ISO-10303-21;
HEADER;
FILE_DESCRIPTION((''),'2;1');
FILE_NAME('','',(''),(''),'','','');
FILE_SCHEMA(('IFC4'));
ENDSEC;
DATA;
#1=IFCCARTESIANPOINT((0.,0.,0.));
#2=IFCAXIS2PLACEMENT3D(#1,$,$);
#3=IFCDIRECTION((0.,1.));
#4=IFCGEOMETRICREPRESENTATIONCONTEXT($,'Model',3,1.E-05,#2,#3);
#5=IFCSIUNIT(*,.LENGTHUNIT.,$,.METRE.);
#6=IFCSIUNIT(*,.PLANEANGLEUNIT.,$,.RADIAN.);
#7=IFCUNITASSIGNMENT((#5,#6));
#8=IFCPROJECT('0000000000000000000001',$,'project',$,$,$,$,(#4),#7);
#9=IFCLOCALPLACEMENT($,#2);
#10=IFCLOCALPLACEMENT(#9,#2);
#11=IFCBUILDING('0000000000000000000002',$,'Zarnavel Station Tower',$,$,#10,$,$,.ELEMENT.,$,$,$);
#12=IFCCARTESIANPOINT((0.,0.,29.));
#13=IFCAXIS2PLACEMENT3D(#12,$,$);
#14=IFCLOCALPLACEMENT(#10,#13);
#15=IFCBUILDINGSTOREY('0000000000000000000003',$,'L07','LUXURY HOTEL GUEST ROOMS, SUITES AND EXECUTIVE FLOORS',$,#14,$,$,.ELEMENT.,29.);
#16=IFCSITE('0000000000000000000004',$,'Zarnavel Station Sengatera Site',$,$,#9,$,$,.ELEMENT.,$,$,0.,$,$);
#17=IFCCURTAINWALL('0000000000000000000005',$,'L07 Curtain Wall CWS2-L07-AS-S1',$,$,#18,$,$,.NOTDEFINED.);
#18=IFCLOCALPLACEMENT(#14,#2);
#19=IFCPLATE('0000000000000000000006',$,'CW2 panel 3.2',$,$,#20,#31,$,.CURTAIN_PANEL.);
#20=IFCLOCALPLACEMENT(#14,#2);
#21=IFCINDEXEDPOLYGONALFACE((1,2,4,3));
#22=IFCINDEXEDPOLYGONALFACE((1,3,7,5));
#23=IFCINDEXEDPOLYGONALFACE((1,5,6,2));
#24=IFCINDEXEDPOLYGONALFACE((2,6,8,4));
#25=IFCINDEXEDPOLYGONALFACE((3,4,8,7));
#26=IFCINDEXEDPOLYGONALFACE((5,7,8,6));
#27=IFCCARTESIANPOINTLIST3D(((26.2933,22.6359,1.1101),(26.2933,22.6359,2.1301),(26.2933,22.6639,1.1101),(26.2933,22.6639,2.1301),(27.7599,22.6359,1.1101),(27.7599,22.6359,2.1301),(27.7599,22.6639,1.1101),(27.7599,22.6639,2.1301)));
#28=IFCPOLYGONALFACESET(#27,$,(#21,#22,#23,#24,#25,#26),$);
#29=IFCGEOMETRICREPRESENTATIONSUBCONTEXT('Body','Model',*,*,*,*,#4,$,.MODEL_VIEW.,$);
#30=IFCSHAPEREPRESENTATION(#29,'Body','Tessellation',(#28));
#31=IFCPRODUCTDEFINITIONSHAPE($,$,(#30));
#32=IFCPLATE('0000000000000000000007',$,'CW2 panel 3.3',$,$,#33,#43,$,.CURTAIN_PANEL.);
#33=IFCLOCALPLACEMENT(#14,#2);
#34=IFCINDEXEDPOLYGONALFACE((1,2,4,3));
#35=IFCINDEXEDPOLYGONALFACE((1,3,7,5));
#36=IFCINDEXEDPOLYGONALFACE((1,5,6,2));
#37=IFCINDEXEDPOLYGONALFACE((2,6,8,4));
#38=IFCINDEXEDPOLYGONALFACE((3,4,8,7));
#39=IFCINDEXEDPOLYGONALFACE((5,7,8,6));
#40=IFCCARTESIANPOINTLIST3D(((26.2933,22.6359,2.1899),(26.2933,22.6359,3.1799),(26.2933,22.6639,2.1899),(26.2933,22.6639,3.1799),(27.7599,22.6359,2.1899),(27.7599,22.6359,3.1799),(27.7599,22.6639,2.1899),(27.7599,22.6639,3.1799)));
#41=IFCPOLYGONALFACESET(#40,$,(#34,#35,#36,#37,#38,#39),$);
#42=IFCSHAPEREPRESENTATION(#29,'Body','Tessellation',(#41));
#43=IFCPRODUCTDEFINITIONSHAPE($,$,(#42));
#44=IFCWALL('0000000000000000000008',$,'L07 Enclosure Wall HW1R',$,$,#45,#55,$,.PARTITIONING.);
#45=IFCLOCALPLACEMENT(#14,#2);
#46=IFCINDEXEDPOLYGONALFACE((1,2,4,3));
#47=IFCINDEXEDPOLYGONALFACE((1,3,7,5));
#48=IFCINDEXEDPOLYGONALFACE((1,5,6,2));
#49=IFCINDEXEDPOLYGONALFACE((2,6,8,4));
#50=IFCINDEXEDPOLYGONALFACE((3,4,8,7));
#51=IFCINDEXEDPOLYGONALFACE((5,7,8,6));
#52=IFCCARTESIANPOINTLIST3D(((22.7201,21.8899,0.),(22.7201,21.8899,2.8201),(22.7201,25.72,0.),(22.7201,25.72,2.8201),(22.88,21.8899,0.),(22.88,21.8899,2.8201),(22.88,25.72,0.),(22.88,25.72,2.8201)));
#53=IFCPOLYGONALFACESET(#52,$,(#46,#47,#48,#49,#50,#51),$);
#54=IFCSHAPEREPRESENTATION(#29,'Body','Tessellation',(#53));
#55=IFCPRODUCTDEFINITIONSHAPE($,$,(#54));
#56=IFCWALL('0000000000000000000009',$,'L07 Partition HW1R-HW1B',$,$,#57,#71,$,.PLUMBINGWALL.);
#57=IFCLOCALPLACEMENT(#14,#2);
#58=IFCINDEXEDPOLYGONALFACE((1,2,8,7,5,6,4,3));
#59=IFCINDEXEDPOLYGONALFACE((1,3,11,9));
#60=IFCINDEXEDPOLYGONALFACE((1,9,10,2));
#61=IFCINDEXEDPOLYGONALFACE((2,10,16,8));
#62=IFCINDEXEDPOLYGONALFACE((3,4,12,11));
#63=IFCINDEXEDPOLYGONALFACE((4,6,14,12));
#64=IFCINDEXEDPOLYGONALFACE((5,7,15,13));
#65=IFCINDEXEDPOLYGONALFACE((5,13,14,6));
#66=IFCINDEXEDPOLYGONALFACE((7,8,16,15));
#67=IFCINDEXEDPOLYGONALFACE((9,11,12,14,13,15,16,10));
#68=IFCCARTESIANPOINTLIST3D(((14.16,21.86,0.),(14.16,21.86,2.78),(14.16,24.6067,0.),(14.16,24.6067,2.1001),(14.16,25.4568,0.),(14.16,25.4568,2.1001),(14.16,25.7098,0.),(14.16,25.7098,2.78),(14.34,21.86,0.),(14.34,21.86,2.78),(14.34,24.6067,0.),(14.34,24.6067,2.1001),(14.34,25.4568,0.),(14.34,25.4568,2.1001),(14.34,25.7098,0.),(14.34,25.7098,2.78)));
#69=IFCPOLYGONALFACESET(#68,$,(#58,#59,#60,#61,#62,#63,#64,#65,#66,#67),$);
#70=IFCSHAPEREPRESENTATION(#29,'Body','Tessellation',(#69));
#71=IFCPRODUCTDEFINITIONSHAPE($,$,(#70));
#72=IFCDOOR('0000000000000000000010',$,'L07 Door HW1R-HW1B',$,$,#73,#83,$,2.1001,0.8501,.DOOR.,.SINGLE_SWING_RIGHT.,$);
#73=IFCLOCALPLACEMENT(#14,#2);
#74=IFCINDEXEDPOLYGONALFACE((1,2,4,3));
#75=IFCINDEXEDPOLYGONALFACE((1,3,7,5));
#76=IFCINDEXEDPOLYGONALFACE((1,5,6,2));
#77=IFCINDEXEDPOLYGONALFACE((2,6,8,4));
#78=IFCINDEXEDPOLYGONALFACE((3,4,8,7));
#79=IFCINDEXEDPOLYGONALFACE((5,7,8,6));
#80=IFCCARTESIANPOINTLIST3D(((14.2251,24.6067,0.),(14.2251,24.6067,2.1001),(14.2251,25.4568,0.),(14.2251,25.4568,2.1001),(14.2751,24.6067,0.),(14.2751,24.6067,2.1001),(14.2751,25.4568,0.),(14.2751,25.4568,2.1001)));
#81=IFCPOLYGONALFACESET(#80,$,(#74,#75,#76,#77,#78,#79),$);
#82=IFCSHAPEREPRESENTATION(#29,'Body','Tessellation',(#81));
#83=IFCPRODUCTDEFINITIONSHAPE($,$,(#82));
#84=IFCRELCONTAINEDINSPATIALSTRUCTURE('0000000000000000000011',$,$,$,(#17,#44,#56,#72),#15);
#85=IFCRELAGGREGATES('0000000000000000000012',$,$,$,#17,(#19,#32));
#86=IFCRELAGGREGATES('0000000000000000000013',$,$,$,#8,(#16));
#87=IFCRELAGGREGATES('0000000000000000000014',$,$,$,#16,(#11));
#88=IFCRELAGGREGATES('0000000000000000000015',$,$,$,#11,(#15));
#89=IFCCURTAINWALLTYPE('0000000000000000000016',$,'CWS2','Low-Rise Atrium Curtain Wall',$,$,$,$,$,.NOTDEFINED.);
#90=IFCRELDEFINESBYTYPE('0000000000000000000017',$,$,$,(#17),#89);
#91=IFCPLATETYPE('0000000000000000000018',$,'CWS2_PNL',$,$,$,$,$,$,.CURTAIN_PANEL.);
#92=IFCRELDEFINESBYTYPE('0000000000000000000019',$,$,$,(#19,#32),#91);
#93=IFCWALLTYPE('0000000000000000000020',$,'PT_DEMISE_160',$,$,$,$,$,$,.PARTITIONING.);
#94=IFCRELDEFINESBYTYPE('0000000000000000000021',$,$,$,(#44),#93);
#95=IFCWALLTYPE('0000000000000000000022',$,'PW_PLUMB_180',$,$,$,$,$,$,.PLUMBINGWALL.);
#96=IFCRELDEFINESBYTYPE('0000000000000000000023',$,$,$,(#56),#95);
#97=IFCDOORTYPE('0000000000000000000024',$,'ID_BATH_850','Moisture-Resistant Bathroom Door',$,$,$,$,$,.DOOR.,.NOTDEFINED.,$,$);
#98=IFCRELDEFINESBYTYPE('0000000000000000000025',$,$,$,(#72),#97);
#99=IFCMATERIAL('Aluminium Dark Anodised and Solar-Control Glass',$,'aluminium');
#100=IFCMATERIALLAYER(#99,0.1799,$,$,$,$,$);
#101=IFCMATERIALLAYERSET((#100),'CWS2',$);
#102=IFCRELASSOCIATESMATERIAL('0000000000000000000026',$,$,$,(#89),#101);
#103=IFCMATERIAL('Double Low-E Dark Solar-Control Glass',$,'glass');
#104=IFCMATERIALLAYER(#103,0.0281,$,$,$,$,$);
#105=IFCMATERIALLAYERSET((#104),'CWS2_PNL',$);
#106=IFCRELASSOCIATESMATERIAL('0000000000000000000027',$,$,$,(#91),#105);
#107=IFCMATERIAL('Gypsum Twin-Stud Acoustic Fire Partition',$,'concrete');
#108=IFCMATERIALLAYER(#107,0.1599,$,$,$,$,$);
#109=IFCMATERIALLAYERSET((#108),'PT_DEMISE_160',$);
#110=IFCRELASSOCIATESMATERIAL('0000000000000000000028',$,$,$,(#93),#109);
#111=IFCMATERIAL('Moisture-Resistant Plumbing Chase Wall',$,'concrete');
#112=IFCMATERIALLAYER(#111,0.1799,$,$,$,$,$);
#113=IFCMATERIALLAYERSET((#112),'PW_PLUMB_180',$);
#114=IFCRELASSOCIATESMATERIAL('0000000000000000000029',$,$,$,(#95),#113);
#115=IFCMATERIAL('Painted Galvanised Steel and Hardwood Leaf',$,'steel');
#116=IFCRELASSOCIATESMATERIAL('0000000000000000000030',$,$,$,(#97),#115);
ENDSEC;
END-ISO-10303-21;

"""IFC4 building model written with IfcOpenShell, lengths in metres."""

from ifc_helpers import new_model, si_unit, direction, frame, frame_2d, origin, origin_2d, place, context, subcontext, project, spatial, rectangle, extrude, material, layer, layer_set, type_object, element, fill, aggregate, save


model = new_model("IFC4")

# Units and contexts
model_context = context("Model", 3, precision=1e-05, world=origin(), true_north=direction((0.0, 1.0)))
body_context = subcontext(model_context, "Body", "Model", "MODEL_VIEW")
ifc_project = project(units=[si_unit("LENGTHUNIT", "METRE"), si_unit("PLANEANGLEUNIT", "RADIAN")], contexts=[model_context])

# Site, building, storey
site_placement = place(None, origin())
site = spatial("IfcSite", under=ifc_project, at=site_placement, Name="Zarnavel Station Sengatera Site", CompositionType="ELEMENT", RefElevation=0.0)
building_placement = place(site_placement, origin())
building = spatial("IfcBuilding", under=site, at=building_placement, Name="Zarnavel Station Tower", CompositionType="ELEMENT")
storey_placement = place(building_placement, frame((0.0, 0.0, 29.0)))
storey = spatial("IfcBuildingStorey", under=building, at=storey_placement, Name="L07", Description="LUXURY HOTEL GUEST ROOMS, SUITES AND EXECUTIVE FLOORS", CompositionType="ELEMENT", Elevation=29.0)

# Curtain wall
ifc_material_1 = material(Name="Aluminium Dark Anodised and Solar-Control Glass", Category="aluminium")
ifc_layer_1 = layer(ifc_material_1, 0.1799)
ifc_layer_set_1 = layer_set([ifc_layer_1], Name="CWS2")
curtain_wall_type = type_object("IfcCurtainWallType", Name="CWS2", Description="Low-Rise Atrium Curtain Wall", PredefinedType="NOTDEFINED", material=ifc_layer_set_1)
curtain_wall_placement = place(storey_placement, origin())
curtain_wall = element("IfcCurtainWall", 1, at=curtain_wall_placement, inside=storey, type_object=curtain_wall_type, Name="L07 Curtain Wall CWS2-L07-AS-S1", PredefinedType="NOTDEFINED")

# Plates
ifc_material_2 = material(Name="Double Low-E Dark Solar-Control Glass", Category="glass")
ifc_layer_2 = layer(ifc_material_2, 0.0281)
ifc_layer_set_2 = layer_set([ifc_layer_2], Name="CWS2_PNL")
plate_type = type_object("IfcPlateType", Name="CWS2_PNL", PredefinedType="CURTAIN_PANEL", material=ifc_layer_set_2)
plate_1_placement = place(storey_placement, frame((27.0266, 22.6499, 1.1101), z_axis=(0.0, 0.0, 1.0), x_axis=(1.0, 0.0, 0.0)))
plate_1 = element("IfcPlate", 2, at=plate_1_placement, type_object=plate_type, Name="CW2 panel 3.2", PredefinedType="CURTAIN_PANEL", context=body_context, shape_type="SweptSolid", body=[
    extrude(rectangle(XDim=1.4666, YDim=0.0281, at=origin_2d()), origin(), (0.0, 0.0, 1.0), 1.02),
])
plate_2_placement = place(storey_placement, frame((27.0266, 22.6499, 2.1899), z_axis=(0.0, 0.0, 1.0), x_axis=(1.0, 0.0, 0.0)))
plate_2 = element("IfcPlate", 3, at=plate_2_placement, type_object=plate_type, Name="CW2 panel 3.3", PredefinedType="CURTAIN_PANEL", context=body_context, shape_type="SweptSolid", body=[
    extrude(rectangle(XDim=1.4666, YDim=0.0281, at=origin_2d()), origin(), (0.0, 0.0, 1.0), 0.99),
])
aggregate(curtain_wall, [plate_1, plate_2])

# Wall
ifc_material_3 = material(Name="Gypsum Twin-Stud Acoustic Fire Partition", Category="concrete")
ifc_layer_3 = layer(ifc_material_3, 0.1599)
ifc_layer_set_3 = layer_set([ifc_layer_3], Name="PT_DEMISE_160")
wall_type_1 = type_object("IfcWallType", Name="PT_DEMISE_160", PredefinedType="PARTITIONING", material=ifc_layer_set_3)
wall_1_placement = place(storey_placement, frame((22.8, 21.8899, 0.0), z_axis=(0.0, 0.0, 1.0), x_axis=(0.0, 1.0, 0.0)))
element("IfcWall", 4, at=wall_1_placement, inside=storey, type_object=wall_type_1, Name="L07 Enclosure Wall HW1R", PredefinedType="PARTITIONING", context=body_context, shape_type="SweptSolid", body=[
    extrude(rectangle(XDim=3.8301, YDim=0.1599, at=frame_2d((1.915, 0.0))), origin(), (0.0, 0.0, 1.0), 2.8201),
])

# Wall, opening, door
ifc_material_4 = material(Name="Moisture-Resistant Plumbing Chase Wall", Category="concrete")
ifc_layer_4 = layer(ifc_material_4, 0.1799)
ifc_layer_set_4 = layer_set([ifc_layer_4], Name="PW_PLUMB_180")
wall_type_2 = type_object("IfcWallType", Name="PW_PLUMB_180", PredefinedType="PLUMBINGWALL", material=ifc_layer_set_4)
wall_2_placement = place(storey_placement, frame((14.25, 21.8601, 0.0), z_axis=(0.0, 0.0, 1.0), x_axis=(0.0, 1.0, 0.0)))
wall_2 = element("IfcWall", 5, at=wall_2_placement, inside=storey, type_object=wall_type_2, Name="L07 Partition HW1R-HW1B", PredefinedType="PLUMBINGWALL", context=body_context, shape_type="SweptSolid", body=[
    extrude(rectangle(XDim=3.8499, YDim=0.1799, at=frame_2d((1.9248, 0.0))), origin(), (0.0, 0.0, 1.0), 2.78),
])
opening_placement = place(wall_2_placement, frame((2.7466, 0.0, 0.0)))
opening = element("IfcOpeningElement", 6, at=opening_placement, cuts=wall_2, PredefinedType="OPENING", context=body_context, shape_type="SweptSolid", body=[
    extrude(rectangle(XDim=0.8501, YDim=2.1001, at=frame_2d((0.425, 1.05))), frame((0.0, 0.0999, 0.0), z_axis=(0.0, -1.0, 0.0), x_axis=(1.0, 0.0, 0.0)), (0.0, 0.0, 1.0), 0.2),
])
ifc_material_5 = material(Name="Painted Galvanised Steel and Hardwood Leaf", Category="steel")
door_type = type_object("IfcDoorType", Name="ID_BATH_850", Description="Moisture-Resistant Bathroom Door", OperationType="NOTDEFINED", PredefinedType="DOOR", material=ifc_material_5)
door_placement = place(opening_placement, origin())
door = element("IfcDoor", 7, at=door_placement, inside=storey, type_object=door_type, Name="L07 Door HW1R-HW1B", OperationType="SINGLE_SWING_RIGHT", OverallHeight=2.1001, OverallWidth=0.8501, PredefinedType="DOOR", context=body_context, shape_type="SweptSolid", body=[
    extrude(rectangle(XDim=0.8501, YDim=2.1001, at=frame_2d((0.425, 1.05))), frame((0.0, 0.0249, 0.0), z_axis=(0.0, -1.0, 0.0), x_axis=(1.0, 0.0, 0.0)), (0.0, 0.0, 1.0), 0.05),
])
fill(opening, door)

save(model, "model.ifc")
